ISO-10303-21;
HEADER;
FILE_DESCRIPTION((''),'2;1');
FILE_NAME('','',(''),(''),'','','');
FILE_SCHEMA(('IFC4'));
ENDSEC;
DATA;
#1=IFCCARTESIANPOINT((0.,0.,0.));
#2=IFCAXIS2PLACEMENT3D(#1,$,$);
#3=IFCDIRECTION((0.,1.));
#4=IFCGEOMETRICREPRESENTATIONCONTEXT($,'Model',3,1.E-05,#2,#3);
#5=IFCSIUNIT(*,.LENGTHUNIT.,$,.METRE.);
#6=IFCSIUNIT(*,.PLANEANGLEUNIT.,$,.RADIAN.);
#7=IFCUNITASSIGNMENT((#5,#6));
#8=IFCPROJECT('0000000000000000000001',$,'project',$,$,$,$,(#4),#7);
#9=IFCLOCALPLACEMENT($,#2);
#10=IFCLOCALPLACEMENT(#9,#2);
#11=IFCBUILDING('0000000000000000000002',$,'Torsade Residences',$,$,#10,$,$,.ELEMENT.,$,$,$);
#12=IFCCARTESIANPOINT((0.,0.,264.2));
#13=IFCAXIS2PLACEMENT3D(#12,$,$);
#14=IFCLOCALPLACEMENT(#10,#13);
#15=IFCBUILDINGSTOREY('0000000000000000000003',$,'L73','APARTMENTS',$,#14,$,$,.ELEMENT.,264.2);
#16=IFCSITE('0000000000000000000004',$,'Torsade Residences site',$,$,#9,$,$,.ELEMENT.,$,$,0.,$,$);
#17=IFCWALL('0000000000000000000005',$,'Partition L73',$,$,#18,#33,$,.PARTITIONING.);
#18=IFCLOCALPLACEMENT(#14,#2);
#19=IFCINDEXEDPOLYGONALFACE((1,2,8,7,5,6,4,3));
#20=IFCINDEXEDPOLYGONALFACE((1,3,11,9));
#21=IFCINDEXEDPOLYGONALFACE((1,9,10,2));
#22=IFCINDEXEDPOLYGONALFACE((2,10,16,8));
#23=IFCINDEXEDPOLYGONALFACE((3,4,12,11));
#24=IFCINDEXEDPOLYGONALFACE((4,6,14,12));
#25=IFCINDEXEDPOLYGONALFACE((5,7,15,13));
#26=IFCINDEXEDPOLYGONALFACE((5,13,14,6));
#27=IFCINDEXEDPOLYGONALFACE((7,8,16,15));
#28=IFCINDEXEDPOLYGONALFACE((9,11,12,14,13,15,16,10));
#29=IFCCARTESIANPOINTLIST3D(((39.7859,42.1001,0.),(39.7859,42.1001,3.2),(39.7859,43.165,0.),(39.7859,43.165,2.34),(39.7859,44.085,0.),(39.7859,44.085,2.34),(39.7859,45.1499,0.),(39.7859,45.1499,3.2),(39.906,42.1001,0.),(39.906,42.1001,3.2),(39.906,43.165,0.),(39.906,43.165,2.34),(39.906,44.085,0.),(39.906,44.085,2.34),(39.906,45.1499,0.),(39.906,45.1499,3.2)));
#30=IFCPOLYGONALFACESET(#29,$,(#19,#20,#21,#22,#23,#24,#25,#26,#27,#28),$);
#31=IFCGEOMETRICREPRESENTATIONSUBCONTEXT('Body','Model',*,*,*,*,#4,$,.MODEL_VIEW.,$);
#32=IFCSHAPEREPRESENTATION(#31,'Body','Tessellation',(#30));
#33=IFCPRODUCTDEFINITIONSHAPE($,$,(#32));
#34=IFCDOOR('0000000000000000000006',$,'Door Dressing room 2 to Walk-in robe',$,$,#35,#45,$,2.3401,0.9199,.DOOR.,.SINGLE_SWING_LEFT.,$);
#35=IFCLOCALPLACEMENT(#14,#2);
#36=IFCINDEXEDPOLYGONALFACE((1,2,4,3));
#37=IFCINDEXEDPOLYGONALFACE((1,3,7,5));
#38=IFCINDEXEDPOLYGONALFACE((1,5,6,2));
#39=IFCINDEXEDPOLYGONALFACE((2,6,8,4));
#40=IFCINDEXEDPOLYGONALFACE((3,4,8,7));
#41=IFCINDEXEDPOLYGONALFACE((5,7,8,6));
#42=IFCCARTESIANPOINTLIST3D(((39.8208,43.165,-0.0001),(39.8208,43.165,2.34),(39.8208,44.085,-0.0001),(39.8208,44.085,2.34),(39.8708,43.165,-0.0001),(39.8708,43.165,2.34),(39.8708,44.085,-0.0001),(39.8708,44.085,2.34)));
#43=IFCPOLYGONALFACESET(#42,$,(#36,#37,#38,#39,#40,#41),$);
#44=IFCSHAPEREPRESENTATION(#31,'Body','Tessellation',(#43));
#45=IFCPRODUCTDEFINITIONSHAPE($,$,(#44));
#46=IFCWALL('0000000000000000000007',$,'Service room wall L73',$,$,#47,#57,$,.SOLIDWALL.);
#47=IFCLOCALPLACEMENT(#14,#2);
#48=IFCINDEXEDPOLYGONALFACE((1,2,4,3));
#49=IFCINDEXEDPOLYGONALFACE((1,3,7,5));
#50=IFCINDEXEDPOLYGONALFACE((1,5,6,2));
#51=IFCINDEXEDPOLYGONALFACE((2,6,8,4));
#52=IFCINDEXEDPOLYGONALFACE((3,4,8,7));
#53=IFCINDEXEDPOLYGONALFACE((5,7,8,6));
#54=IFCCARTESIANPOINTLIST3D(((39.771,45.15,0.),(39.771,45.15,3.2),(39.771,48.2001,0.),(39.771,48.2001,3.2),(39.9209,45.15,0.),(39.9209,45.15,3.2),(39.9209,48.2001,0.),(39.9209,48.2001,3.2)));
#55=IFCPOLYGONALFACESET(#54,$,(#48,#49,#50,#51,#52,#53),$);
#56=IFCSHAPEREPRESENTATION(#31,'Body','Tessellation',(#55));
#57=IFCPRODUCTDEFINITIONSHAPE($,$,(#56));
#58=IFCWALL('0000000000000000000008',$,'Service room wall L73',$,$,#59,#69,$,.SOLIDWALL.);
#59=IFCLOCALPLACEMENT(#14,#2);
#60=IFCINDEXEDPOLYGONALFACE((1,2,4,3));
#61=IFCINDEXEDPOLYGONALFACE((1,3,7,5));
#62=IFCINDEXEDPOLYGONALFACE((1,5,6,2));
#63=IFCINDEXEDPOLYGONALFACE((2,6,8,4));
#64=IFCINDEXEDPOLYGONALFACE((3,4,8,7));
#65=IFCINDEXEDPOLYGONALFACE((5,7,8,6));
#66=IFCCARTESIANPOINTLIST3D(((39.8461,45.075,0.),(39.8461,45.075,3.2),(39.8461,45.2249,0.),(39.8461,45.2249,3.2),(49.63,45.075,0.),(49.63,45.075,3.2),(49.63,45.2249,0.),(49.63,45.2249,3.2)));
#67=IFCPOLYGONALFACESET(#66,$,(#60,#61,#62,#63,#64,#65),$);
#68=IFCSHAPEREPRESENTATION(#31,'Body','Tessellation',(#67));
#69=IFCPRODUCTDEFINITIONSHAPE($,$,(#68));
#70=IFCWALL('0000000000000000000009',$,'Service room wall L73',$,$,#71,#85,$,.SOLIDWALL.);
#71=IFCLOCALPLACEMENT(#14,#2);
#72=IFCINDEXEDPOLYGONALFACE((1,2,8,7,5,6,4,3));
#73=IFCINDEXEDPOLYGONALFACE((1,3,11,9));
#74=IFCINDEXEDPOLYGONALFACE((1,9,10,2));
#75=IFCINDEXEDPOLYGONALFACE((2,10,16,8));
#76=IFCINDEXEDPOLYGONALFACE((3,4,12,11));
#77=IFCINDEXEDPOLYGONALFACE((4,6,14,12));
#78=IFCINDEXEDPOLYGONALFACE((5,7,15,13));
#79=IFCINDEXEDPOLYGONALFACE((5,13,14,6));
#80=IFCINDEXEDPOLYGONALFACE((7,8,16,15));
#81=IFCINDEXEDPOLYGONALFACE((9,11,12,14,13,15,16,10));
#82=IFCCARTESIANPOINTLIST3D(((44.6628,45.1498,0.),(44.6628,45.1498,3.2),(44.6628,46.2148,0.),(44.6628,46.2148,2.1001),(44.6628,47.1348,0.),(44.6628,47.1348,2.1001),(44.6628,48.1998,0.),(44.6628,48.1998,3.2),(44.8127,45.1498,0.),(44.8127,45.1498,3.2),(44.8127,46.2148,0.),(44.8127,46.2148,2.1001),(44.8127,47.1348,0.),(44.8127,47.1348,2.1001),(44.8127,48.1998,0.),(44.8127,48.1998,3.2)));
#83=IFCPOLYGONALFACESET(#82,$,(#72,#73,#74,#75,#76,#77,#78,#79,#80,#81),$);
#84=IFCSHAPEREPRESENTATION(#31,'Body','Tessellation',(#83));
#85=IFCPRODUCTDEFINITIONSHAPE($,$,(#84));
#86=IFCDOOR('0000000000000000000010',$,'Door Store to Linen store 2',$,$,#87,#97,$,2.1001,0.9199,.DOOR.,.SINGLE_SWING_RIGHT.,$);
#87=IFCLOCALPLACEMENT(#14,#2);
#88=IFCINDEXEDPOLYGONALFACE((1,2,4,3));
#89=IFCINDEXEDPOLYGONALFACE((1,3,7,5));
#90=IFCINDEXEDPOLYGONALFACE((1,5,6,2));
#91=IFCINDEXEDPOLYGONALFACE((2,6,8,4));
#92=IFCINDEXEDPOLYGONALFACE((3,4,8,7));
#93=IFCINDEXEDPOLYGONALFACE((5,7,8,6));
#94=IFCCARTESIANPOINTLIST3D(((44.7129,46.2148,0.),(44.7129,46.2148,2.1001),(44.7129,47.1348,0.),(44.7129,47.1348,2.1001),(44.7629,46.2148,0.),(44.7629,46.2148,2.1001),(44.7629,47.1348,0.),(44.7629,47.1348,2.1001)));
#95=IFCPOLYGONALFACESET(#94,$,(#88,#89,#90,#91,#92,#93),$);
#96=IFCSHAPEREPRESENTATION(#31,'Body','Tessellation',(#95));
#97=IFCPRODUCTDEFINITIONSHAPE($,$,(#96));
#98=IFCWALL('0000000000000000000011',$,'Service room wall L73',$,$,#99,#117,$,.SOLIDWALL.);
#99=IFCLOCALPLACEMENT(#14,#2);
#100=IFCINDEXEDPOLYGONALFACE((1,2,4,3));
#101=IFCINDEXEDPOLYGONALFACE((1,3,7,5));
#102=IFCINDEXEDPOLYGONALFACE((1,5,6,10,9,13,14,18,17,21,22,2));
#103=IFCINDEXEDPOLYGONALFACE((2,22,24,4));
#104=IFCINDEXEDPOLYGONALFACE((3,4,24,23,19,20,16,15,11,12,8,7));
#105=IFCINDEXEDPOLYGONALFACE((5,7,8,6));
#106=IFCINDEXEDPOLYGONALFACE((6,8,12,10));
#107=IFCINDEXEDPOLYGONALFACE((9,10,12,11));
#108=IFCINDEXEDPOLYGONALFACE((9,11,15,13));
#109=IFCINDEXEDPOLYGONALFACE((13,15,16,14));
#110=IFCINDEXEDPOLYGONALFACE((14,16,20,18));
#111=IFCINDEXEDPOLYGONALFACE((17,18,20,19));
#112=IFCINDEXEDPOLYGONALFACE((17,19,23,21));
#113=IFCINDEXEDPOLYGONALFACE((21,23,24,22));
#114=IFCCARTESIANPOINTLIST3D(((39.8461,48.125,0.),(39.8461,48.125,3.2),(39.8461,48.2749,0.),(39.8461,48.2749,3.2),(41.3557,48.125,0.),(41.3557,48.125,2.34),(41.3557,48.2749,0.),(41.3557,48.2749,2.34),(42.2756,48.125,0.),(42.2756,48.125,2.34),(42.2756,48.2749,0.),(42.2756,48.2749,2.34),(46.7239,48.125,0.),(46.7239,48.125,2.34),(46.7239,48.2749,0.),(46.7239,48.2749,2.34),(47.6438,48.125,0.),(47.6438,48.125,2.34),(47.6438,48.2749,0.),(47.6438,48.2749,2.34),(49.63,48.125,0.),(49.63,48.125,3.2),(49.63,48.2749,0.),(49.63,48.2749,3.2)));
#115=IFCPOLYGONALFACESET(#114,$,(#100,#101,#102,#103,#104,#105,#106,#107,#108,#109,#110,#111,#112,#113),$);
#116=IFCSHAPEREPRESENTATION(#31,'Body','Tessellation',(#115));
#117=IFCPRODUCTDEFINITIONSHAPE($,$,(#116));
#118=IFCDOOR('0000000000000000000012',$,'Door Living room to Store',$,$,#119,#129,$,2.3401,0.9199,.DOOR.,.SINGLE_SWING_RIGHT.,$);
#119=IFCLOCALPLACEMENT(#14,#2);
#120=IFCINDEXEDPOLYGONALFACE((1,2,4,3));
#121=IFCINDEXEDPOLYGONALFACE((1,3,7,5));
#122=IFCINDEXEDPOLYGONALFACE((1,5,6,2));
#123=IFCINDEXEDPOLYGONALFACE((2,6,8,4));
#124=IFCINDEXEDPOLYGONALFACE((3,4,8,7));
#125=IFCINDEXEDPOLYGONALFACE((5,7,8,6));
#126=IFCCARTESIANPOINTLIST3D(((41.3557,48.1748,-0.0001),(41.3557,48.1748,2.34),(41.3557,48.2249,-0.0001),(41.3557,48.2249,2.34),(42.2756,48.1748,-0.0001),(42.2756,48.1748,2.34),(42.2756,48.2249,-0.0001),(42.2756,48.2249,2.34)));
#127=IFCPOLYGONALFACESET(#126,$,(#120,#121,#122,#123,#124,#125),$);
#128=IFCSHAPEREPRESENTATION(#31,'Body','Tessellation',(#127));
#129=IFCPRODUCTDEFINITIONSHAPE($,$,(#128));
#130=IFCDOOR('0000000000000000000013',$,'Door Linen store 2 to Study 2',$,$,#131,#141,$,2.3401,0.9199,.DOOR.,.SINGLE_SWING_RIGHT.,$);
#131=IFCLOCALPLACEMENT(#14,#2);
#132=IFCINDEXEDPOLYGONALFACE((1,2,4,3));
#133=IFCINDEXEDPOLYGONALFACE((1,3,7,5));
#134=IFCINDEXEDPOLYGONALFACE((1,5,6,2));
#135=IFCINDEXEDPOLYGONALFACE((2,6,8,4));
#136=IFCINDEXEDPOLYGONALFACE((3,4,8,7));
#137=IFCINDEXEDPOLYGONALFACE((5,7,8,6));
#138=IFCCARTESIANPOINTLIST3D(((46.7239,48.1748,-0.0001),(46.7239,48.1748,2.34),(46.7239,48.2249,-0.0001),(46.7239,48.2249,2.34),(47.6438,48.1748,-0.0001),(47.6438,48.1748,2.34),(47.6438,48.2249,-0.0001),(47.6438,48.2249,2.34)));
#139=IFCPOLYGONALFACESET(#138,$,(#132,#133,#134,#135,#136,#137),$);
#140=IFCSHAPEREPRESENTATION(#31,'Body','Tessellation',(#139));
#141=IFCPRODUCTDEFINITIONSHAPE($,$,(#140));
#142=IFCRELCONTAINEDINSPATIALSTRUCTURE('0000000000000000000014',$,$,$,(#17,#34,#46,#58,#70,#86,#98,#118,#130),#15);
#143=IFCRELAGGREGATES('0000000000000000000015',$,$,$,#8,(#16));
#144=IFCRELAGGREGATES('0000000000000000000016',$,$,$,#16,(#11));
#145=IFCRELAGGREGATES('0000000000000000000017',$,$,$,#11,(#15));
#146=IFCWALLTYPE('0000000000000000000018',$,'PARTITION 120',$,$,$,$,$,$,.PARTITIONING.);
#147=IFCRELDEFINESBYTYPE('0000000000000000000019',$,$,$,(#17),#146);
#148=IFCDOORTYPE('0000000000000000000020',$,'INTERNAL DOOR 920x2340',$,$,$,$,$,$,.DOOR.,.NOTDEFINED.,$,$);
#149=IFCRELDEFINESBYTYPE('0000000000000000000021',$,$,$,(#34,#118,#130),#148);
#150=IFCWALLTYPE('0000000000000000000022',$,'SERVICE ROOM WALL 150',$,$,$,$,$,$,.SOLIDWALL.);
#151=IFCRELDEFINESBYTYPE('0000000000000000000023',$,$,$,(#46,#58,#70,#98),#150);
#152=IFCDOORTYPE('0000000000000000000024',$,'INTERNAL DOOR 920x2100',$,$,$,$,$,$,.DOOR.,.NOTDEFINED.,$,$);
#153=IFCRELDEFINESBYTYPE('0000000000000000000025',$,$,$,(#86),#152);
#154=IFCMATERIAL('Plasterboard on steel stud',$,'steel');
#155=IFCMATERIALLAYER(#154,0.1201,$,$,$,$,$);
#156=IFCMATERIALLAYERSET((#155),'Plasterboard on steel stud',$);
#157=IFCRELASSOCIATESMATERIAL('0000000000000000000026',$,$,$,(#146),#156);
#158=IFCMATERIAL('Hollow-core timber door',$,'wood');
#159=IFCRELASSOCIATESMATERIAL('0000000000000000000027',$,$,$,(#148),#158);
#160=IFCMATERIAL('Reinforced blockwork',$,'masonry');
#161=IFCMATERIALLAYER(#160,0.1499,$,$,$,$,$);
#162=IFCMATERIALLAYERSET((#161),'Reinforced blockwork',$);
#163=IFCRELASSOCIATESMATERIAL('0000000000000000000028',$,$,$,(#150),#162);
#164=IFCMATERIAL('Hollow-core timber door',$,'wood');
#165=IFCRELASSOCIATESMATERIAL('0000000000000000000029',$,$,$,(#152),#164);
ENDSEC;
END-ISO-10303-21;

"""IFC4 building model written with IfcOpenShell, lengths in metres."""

from ifc_helpers import new_model, si_unit, direction, frame, frame_2d, origin, place, context, subcontext, project, spatial, rectangle, extrude, material, layer, layer_set, type_object, element, fill, save


model = new_model("IFC4")

# Units and contexts
model_context = context("Model", 3, precision=1e-05, world=origin(), true_north=direction((0.0, 1.0)))
body_context = subcontext(model_context, "Body", "Model", "MODEL_VIEW")
ifc_project = project(units=[si_unit("LENGTHUNIT", "METRE"), si_unit("PLANEANGLEUNIT", "RADIAN")], contexts=[model_context])

# Site, building, storey
site_placement = place(None, origin())
site = spatial("IfcSite", under=ifc_project, at=site_placement, Name="Torsade Residences site", CompositionType="ELEMENT", RefElevation=0.0)
building_placement = place(site_placement, origin())
building = spatial("IfcBuilding", under=site, at=building_placement, Name="Torsade Residences", CompositionType="ELEMENT")
storey_placement = place(building_placement, frame((0.0, 0.0, 264.2)))
storey = spatial("IfcBuildingStorey", under=building, at=storey_placement, Name="L73", Description="APARTMENTS", CompositionType="ELEMENT", Elevation=264.2)

# Wall, opening, door
ifc_material_1 = material(Name="Plasterboard on steel stud", Category="steel")
ifc_layer_1 = layer(ifc_material_1, 0.1201)
ifc_layer_set_1 = layer_set([ifc_layer_1], Name="Plasterboard on steel stud")
wall_type_1 = type_object("IfcWallType", Name="PARTITION 120", PredefinedType="PARTITIONING", material=ifc_layer_set_1)
wall_1_placement = place(storey_placement, frame((39.8459, 45.1499, 0.0), z_axis=(0.0, 0.0, 1.0), x_axis=(0.0, -1.0, 0.0)))
wall_1 = element("IfcWall", 1, at=wall_1_placement, inside=storey, type_object=wall_type_1, Name="Partition L73", PredefinedType="PARTITIONING", context=body_context, shape_type="SweptSolid", body=[
    extrude(rectangle(XDim=3.0498, YDim=0.1201, at=frame_2d((1.5249, 0.0))), origin(), (0.0, 0.0, 1.0), 3.2),
])
opening_1_placement = place(wall_1_placement, frame((1.0649, 0.0, 0.0)))
opening_1 = element("IfcOpeningElement", 2, at=opening_1_placement, cuts=wall_1, PredefinedType="OPENING", context=body_context, shape_type="SweptSolid", body=[
    extrude(rectangle(XDim=0.9199, YDim=2.3401, at=frame_2d((0.46, 1.1699))), frame((0.0, 0.0701, 0.0), z_axis=(0.0, -1.0, 0.0), x_axis=(1.0, 0.0, 0.0)), (0.0, 0.0, 1.0), 0.1401),
])
ifc_material_2 = material(Name="Hollow-core timber door", Category="wood")
door_type_1 = type_object("IfcDoorType", Name="INTERNAL DOOR 920x2340", OperationType="NOTDEFINED", PredefinedType="DOOR", material=ifc_material_2)
door_1_placement = place(opening_1_placement, origin())
door_1 = element("IfcDoor", 3, at=door_1_placement, inside=storey, type_object=door_type_1, Name="Door Dressing room 2 to Walk-in robe", OperationType="SINGLE_SWING_LEFT", OverallHeight=2.3401, OverallWidth=0.9199, PredefinedType="DOOR", context=body_context, shape_type="SweptSolid", body=[
    extrude(rectangle(XDim=0.9199, YDim=2.3401, at=frame_2d((0.46, 1.1699))), frame((0.0, 0.0249, 0.0), z_axis=(0.0, -1.0, 0.0), x_axis=(1.0, 0.0, 0.0)), (0.0, 0.0, 1.0), 0.05),
])
fill(opening_1, door_1)

# Walls
ifc_material_3 = material(Name="Reinforced blockwork", Category="masonry")
ifc_layer_2 = layer(ifc_material_3, 0.1499)
ifc_layer_set_2 = layer_set([ifc_layer_2], Name="Reinforced blockwork")
wall_type_2 = type_object("IfcWallType", Name="SERVICE ROOM WALL 150", PredefinedType="SOLIDWALL", material=ifc_layer_set_2)
wall_2_placement = place(storey_placement, frame((39.8459, 48.2, 0.0), z_axis=(0.0, 0.0, 1.0), x_axis=(0.0, -1.0, 0.0)))
element("IfcWall", 4, at=wall_2_placement, inside=storey, type_object=wall_type_2, Name="Service room wall L73", PredefinedType="SOLIDWALL", context=body_context, shape_type="SweptSolid", body=[
    extrude(rectangle(XDim=3.05, YDim=0.1499, at=frame_2d((1.5249, 0.0))), origin(), (0.0, 0.0, 1.0), 3.2),
])
wall_3_placement = place(storey_placement, frame((39.8459, 45.1499, 0.0), z_axis=(0.0, 0.0, 1.0), x_axis=(1.0, 0.0, 0.0)))
element("IfcWall", 5, at=wall_3_placement, inside=storey, type_object=wall_type_2, Name="Service room wall L73", PredefinedType="SOLIDWALL", context=body_context, shape_type="SweptSolid", body=[
    extrude(rectangle(XDim=9.7839, YDim=0.1499, at=frame_2d((4.8921, 0.0))), origin(), (0.0, 0.0, 1.0), 3.2),
])

# Wall, opening, door
wall_4_placement = place(storey_placement, frame((44.7378, 45.1499, 0.0), z_axis=(0.0, 0.0, 1.0), x_axis=(0.0, 1.0, 0.0)))
wall_4 = element("IfcWall", 6, at=wall_4_placement, inside=storey, type_object=wall_type_2, Name="Service room wall L73", PredefinedType="SOLIDWALL", context=body_context, shape_type="SweptSolid", body=[
    extrude(rectangle(XDim=3.05, YDim=0.1499, at=frame_2d((1.5249, 0.0))), origin(), (0.0, 0.0, 1.0), 3.2),
])
opening_2_placement = place(wall_4_placement, frame((1.0649, 0.0, 0.0)))
opening_2 = element("IfcOpeningElement", 7, at=opening_2_placement, cuts=wall_4, PredefinedType="OPENING", context=body_context, shape_type="SweptSolid", body=[
    extrude(rectangle(XDim=0.9199, YDim=2.1001, at=frame_2d((0.46, 1.05))), frame((0.0, 0.085, 0.0), z_axis=(0.0, -1.0, 0.0), x_axis=(1.0, 0.0, 0.0)), (0.0, 0.0, 1.0), 0.1699),
])
ifc_material_4 = material(Name="Hollow-core timber door", Category="wood")
door_type_2 = type_object("IfcDoorType", Name="INTERNAL DOOR 920x2100", OperationType="NOTDEFINED", PredefinedType="DOOR", material=ifc_material_4)
door_2_placement = place(opening_2_placement, origin())
door_2 = element("IfcDoor", 8, at=door_2_placement, inside=storey, type_object=door_type_2, Name="Door Store to Linen store 2", OperationType="SINGLE_SWING_RIGHT", OverallHeight=2.1001, OverallWidth=0.9199, PredefinedType="DOOR", context=body_context, shape_type="SweptSolid", body=[
    extrude(rectangle(XDim=0.9199, YDim=2.1001, at=frame_2d((0.46, 1.05))), frame((0.0, 0.0249, 0.0), z_axis=(0.0, -1.0, 0.0), x_axis=(1.0, 0.0, 0.0)), (0.0, 0.0, 1.0), 0.05),
])
fill(opening_2, door_2)

# Wall, openings, doors
wall_5_placement = place(storey_placement, frame((39.8459, 48.2, 0.0), z_axis=(0.0, 0.0, 1.0), x_axis=(1.0, 0.0, 0.0)))
wall_5 = element("IfcWall", 9, at=wall_5_placement, inside=storey, type_object=wall_type_2, Name="Service room wall L73", PredefinedType="SOLIDWALL", context=body_context, shape_type="SweptSolid", body=[
    extrude(rectangle(XDim=9.7839, YDim=0.1499, at=frame_2d((4.8921, 0.0))), origin(), (0.0, 0.0, 1.0), 3.2),
])
opening_3_placement = place(wall_5_placement, frame((1.5098, 0.0, 0.0)))
opening_3 = element("IfcOpeningElement", 10, at=opening_3_placement, cuts=wall_5, PredefinedType="OPENING", context=body_context, shape_type="SweptSolid", body=[
    extrude(rectangle(XDim=0.9199, YDim=2.3401, at=frame_2d((0.46, 1.1699))), frame((0.0, 0.085, 0.0), z_axis=(0.0, -1.0, 0.0), x_axis=(1.0, 0.0, 0.0)), (0.0, 0.0, 1.0), 0.1699),
])
opening_4_placement = place(wall_5_placement, frame((6.8779, 0.0, 0.0)))
opening_4 = element("IfcOpeningElement", 11, at=opening_4_placement, cuts=wall_5, PredefinedType="OPENING", context=body_context, shape_type="SweptSolid", body=[
    extrude(rectangle(XDim=0.9199, YDim=2.3401, at=frame_2d((0.46, 1.1699))), frame((0.0, 0.085, 0.0), z_axis=(0.0, -1.0, 0.0), x_axis=(1.0, 0.0, 0.0)), (0.0, 0.0, 1.0), 0.1699),
])
door_3_placement = place(opening_3_placement, origin())
door_3 = element("IfcDoor", 12, at=door_3_placement, inside=storey, type_object=door_type_1, Name="Door Living room to Store", OperationType="SINGLE_SWING_RIGHT", OverallHeight=2.3401, OverallWidth=0.9199, PredefinedType="DOOR", context=body_context, shape_type="SweptSolid", body=[
    extrude(rectangle(XDim=0.9199, YDim=2.3401, at=frame_2d((0.46, 1.1699))), frame((0.0, 0.0249, 0.0), z_axis=(0.0, -1.0, 0.0), x_axis=(1.0, 0.0, 0.0)), (0.0, 0.0, 1.0), 0.05),
])
fill(opening_3, door_3)
door_4_placement = place(opening_4_placement, origin())
door_4 = element("IfcDoor", 13, at=door_4_placement, inside=storey, type_object=door_type_1, Name="Door Linen store 2 to Study 2", OperationType="SINGLE_SWING_RIGHT", OverallHeight=2.3401, OverallWidth=0.9199, PredefinedType="DOOR", context=body_context, shape_type="SweptSolid", body=[
    extrude(rectangle(XDim=0.9199, YDim=2.3401, at=frame_2d((0.46, 1.1699))), frame((0.0, 0.0249, 0.0), z_axis=(0.0, -1.0, 0.0), x_axis=(1.0, 0.0, 0.0)), (0.0, 0.0, 1.0), 0.05),
])
fill(opening_4, door_4)

save(model, "model.ifc")
